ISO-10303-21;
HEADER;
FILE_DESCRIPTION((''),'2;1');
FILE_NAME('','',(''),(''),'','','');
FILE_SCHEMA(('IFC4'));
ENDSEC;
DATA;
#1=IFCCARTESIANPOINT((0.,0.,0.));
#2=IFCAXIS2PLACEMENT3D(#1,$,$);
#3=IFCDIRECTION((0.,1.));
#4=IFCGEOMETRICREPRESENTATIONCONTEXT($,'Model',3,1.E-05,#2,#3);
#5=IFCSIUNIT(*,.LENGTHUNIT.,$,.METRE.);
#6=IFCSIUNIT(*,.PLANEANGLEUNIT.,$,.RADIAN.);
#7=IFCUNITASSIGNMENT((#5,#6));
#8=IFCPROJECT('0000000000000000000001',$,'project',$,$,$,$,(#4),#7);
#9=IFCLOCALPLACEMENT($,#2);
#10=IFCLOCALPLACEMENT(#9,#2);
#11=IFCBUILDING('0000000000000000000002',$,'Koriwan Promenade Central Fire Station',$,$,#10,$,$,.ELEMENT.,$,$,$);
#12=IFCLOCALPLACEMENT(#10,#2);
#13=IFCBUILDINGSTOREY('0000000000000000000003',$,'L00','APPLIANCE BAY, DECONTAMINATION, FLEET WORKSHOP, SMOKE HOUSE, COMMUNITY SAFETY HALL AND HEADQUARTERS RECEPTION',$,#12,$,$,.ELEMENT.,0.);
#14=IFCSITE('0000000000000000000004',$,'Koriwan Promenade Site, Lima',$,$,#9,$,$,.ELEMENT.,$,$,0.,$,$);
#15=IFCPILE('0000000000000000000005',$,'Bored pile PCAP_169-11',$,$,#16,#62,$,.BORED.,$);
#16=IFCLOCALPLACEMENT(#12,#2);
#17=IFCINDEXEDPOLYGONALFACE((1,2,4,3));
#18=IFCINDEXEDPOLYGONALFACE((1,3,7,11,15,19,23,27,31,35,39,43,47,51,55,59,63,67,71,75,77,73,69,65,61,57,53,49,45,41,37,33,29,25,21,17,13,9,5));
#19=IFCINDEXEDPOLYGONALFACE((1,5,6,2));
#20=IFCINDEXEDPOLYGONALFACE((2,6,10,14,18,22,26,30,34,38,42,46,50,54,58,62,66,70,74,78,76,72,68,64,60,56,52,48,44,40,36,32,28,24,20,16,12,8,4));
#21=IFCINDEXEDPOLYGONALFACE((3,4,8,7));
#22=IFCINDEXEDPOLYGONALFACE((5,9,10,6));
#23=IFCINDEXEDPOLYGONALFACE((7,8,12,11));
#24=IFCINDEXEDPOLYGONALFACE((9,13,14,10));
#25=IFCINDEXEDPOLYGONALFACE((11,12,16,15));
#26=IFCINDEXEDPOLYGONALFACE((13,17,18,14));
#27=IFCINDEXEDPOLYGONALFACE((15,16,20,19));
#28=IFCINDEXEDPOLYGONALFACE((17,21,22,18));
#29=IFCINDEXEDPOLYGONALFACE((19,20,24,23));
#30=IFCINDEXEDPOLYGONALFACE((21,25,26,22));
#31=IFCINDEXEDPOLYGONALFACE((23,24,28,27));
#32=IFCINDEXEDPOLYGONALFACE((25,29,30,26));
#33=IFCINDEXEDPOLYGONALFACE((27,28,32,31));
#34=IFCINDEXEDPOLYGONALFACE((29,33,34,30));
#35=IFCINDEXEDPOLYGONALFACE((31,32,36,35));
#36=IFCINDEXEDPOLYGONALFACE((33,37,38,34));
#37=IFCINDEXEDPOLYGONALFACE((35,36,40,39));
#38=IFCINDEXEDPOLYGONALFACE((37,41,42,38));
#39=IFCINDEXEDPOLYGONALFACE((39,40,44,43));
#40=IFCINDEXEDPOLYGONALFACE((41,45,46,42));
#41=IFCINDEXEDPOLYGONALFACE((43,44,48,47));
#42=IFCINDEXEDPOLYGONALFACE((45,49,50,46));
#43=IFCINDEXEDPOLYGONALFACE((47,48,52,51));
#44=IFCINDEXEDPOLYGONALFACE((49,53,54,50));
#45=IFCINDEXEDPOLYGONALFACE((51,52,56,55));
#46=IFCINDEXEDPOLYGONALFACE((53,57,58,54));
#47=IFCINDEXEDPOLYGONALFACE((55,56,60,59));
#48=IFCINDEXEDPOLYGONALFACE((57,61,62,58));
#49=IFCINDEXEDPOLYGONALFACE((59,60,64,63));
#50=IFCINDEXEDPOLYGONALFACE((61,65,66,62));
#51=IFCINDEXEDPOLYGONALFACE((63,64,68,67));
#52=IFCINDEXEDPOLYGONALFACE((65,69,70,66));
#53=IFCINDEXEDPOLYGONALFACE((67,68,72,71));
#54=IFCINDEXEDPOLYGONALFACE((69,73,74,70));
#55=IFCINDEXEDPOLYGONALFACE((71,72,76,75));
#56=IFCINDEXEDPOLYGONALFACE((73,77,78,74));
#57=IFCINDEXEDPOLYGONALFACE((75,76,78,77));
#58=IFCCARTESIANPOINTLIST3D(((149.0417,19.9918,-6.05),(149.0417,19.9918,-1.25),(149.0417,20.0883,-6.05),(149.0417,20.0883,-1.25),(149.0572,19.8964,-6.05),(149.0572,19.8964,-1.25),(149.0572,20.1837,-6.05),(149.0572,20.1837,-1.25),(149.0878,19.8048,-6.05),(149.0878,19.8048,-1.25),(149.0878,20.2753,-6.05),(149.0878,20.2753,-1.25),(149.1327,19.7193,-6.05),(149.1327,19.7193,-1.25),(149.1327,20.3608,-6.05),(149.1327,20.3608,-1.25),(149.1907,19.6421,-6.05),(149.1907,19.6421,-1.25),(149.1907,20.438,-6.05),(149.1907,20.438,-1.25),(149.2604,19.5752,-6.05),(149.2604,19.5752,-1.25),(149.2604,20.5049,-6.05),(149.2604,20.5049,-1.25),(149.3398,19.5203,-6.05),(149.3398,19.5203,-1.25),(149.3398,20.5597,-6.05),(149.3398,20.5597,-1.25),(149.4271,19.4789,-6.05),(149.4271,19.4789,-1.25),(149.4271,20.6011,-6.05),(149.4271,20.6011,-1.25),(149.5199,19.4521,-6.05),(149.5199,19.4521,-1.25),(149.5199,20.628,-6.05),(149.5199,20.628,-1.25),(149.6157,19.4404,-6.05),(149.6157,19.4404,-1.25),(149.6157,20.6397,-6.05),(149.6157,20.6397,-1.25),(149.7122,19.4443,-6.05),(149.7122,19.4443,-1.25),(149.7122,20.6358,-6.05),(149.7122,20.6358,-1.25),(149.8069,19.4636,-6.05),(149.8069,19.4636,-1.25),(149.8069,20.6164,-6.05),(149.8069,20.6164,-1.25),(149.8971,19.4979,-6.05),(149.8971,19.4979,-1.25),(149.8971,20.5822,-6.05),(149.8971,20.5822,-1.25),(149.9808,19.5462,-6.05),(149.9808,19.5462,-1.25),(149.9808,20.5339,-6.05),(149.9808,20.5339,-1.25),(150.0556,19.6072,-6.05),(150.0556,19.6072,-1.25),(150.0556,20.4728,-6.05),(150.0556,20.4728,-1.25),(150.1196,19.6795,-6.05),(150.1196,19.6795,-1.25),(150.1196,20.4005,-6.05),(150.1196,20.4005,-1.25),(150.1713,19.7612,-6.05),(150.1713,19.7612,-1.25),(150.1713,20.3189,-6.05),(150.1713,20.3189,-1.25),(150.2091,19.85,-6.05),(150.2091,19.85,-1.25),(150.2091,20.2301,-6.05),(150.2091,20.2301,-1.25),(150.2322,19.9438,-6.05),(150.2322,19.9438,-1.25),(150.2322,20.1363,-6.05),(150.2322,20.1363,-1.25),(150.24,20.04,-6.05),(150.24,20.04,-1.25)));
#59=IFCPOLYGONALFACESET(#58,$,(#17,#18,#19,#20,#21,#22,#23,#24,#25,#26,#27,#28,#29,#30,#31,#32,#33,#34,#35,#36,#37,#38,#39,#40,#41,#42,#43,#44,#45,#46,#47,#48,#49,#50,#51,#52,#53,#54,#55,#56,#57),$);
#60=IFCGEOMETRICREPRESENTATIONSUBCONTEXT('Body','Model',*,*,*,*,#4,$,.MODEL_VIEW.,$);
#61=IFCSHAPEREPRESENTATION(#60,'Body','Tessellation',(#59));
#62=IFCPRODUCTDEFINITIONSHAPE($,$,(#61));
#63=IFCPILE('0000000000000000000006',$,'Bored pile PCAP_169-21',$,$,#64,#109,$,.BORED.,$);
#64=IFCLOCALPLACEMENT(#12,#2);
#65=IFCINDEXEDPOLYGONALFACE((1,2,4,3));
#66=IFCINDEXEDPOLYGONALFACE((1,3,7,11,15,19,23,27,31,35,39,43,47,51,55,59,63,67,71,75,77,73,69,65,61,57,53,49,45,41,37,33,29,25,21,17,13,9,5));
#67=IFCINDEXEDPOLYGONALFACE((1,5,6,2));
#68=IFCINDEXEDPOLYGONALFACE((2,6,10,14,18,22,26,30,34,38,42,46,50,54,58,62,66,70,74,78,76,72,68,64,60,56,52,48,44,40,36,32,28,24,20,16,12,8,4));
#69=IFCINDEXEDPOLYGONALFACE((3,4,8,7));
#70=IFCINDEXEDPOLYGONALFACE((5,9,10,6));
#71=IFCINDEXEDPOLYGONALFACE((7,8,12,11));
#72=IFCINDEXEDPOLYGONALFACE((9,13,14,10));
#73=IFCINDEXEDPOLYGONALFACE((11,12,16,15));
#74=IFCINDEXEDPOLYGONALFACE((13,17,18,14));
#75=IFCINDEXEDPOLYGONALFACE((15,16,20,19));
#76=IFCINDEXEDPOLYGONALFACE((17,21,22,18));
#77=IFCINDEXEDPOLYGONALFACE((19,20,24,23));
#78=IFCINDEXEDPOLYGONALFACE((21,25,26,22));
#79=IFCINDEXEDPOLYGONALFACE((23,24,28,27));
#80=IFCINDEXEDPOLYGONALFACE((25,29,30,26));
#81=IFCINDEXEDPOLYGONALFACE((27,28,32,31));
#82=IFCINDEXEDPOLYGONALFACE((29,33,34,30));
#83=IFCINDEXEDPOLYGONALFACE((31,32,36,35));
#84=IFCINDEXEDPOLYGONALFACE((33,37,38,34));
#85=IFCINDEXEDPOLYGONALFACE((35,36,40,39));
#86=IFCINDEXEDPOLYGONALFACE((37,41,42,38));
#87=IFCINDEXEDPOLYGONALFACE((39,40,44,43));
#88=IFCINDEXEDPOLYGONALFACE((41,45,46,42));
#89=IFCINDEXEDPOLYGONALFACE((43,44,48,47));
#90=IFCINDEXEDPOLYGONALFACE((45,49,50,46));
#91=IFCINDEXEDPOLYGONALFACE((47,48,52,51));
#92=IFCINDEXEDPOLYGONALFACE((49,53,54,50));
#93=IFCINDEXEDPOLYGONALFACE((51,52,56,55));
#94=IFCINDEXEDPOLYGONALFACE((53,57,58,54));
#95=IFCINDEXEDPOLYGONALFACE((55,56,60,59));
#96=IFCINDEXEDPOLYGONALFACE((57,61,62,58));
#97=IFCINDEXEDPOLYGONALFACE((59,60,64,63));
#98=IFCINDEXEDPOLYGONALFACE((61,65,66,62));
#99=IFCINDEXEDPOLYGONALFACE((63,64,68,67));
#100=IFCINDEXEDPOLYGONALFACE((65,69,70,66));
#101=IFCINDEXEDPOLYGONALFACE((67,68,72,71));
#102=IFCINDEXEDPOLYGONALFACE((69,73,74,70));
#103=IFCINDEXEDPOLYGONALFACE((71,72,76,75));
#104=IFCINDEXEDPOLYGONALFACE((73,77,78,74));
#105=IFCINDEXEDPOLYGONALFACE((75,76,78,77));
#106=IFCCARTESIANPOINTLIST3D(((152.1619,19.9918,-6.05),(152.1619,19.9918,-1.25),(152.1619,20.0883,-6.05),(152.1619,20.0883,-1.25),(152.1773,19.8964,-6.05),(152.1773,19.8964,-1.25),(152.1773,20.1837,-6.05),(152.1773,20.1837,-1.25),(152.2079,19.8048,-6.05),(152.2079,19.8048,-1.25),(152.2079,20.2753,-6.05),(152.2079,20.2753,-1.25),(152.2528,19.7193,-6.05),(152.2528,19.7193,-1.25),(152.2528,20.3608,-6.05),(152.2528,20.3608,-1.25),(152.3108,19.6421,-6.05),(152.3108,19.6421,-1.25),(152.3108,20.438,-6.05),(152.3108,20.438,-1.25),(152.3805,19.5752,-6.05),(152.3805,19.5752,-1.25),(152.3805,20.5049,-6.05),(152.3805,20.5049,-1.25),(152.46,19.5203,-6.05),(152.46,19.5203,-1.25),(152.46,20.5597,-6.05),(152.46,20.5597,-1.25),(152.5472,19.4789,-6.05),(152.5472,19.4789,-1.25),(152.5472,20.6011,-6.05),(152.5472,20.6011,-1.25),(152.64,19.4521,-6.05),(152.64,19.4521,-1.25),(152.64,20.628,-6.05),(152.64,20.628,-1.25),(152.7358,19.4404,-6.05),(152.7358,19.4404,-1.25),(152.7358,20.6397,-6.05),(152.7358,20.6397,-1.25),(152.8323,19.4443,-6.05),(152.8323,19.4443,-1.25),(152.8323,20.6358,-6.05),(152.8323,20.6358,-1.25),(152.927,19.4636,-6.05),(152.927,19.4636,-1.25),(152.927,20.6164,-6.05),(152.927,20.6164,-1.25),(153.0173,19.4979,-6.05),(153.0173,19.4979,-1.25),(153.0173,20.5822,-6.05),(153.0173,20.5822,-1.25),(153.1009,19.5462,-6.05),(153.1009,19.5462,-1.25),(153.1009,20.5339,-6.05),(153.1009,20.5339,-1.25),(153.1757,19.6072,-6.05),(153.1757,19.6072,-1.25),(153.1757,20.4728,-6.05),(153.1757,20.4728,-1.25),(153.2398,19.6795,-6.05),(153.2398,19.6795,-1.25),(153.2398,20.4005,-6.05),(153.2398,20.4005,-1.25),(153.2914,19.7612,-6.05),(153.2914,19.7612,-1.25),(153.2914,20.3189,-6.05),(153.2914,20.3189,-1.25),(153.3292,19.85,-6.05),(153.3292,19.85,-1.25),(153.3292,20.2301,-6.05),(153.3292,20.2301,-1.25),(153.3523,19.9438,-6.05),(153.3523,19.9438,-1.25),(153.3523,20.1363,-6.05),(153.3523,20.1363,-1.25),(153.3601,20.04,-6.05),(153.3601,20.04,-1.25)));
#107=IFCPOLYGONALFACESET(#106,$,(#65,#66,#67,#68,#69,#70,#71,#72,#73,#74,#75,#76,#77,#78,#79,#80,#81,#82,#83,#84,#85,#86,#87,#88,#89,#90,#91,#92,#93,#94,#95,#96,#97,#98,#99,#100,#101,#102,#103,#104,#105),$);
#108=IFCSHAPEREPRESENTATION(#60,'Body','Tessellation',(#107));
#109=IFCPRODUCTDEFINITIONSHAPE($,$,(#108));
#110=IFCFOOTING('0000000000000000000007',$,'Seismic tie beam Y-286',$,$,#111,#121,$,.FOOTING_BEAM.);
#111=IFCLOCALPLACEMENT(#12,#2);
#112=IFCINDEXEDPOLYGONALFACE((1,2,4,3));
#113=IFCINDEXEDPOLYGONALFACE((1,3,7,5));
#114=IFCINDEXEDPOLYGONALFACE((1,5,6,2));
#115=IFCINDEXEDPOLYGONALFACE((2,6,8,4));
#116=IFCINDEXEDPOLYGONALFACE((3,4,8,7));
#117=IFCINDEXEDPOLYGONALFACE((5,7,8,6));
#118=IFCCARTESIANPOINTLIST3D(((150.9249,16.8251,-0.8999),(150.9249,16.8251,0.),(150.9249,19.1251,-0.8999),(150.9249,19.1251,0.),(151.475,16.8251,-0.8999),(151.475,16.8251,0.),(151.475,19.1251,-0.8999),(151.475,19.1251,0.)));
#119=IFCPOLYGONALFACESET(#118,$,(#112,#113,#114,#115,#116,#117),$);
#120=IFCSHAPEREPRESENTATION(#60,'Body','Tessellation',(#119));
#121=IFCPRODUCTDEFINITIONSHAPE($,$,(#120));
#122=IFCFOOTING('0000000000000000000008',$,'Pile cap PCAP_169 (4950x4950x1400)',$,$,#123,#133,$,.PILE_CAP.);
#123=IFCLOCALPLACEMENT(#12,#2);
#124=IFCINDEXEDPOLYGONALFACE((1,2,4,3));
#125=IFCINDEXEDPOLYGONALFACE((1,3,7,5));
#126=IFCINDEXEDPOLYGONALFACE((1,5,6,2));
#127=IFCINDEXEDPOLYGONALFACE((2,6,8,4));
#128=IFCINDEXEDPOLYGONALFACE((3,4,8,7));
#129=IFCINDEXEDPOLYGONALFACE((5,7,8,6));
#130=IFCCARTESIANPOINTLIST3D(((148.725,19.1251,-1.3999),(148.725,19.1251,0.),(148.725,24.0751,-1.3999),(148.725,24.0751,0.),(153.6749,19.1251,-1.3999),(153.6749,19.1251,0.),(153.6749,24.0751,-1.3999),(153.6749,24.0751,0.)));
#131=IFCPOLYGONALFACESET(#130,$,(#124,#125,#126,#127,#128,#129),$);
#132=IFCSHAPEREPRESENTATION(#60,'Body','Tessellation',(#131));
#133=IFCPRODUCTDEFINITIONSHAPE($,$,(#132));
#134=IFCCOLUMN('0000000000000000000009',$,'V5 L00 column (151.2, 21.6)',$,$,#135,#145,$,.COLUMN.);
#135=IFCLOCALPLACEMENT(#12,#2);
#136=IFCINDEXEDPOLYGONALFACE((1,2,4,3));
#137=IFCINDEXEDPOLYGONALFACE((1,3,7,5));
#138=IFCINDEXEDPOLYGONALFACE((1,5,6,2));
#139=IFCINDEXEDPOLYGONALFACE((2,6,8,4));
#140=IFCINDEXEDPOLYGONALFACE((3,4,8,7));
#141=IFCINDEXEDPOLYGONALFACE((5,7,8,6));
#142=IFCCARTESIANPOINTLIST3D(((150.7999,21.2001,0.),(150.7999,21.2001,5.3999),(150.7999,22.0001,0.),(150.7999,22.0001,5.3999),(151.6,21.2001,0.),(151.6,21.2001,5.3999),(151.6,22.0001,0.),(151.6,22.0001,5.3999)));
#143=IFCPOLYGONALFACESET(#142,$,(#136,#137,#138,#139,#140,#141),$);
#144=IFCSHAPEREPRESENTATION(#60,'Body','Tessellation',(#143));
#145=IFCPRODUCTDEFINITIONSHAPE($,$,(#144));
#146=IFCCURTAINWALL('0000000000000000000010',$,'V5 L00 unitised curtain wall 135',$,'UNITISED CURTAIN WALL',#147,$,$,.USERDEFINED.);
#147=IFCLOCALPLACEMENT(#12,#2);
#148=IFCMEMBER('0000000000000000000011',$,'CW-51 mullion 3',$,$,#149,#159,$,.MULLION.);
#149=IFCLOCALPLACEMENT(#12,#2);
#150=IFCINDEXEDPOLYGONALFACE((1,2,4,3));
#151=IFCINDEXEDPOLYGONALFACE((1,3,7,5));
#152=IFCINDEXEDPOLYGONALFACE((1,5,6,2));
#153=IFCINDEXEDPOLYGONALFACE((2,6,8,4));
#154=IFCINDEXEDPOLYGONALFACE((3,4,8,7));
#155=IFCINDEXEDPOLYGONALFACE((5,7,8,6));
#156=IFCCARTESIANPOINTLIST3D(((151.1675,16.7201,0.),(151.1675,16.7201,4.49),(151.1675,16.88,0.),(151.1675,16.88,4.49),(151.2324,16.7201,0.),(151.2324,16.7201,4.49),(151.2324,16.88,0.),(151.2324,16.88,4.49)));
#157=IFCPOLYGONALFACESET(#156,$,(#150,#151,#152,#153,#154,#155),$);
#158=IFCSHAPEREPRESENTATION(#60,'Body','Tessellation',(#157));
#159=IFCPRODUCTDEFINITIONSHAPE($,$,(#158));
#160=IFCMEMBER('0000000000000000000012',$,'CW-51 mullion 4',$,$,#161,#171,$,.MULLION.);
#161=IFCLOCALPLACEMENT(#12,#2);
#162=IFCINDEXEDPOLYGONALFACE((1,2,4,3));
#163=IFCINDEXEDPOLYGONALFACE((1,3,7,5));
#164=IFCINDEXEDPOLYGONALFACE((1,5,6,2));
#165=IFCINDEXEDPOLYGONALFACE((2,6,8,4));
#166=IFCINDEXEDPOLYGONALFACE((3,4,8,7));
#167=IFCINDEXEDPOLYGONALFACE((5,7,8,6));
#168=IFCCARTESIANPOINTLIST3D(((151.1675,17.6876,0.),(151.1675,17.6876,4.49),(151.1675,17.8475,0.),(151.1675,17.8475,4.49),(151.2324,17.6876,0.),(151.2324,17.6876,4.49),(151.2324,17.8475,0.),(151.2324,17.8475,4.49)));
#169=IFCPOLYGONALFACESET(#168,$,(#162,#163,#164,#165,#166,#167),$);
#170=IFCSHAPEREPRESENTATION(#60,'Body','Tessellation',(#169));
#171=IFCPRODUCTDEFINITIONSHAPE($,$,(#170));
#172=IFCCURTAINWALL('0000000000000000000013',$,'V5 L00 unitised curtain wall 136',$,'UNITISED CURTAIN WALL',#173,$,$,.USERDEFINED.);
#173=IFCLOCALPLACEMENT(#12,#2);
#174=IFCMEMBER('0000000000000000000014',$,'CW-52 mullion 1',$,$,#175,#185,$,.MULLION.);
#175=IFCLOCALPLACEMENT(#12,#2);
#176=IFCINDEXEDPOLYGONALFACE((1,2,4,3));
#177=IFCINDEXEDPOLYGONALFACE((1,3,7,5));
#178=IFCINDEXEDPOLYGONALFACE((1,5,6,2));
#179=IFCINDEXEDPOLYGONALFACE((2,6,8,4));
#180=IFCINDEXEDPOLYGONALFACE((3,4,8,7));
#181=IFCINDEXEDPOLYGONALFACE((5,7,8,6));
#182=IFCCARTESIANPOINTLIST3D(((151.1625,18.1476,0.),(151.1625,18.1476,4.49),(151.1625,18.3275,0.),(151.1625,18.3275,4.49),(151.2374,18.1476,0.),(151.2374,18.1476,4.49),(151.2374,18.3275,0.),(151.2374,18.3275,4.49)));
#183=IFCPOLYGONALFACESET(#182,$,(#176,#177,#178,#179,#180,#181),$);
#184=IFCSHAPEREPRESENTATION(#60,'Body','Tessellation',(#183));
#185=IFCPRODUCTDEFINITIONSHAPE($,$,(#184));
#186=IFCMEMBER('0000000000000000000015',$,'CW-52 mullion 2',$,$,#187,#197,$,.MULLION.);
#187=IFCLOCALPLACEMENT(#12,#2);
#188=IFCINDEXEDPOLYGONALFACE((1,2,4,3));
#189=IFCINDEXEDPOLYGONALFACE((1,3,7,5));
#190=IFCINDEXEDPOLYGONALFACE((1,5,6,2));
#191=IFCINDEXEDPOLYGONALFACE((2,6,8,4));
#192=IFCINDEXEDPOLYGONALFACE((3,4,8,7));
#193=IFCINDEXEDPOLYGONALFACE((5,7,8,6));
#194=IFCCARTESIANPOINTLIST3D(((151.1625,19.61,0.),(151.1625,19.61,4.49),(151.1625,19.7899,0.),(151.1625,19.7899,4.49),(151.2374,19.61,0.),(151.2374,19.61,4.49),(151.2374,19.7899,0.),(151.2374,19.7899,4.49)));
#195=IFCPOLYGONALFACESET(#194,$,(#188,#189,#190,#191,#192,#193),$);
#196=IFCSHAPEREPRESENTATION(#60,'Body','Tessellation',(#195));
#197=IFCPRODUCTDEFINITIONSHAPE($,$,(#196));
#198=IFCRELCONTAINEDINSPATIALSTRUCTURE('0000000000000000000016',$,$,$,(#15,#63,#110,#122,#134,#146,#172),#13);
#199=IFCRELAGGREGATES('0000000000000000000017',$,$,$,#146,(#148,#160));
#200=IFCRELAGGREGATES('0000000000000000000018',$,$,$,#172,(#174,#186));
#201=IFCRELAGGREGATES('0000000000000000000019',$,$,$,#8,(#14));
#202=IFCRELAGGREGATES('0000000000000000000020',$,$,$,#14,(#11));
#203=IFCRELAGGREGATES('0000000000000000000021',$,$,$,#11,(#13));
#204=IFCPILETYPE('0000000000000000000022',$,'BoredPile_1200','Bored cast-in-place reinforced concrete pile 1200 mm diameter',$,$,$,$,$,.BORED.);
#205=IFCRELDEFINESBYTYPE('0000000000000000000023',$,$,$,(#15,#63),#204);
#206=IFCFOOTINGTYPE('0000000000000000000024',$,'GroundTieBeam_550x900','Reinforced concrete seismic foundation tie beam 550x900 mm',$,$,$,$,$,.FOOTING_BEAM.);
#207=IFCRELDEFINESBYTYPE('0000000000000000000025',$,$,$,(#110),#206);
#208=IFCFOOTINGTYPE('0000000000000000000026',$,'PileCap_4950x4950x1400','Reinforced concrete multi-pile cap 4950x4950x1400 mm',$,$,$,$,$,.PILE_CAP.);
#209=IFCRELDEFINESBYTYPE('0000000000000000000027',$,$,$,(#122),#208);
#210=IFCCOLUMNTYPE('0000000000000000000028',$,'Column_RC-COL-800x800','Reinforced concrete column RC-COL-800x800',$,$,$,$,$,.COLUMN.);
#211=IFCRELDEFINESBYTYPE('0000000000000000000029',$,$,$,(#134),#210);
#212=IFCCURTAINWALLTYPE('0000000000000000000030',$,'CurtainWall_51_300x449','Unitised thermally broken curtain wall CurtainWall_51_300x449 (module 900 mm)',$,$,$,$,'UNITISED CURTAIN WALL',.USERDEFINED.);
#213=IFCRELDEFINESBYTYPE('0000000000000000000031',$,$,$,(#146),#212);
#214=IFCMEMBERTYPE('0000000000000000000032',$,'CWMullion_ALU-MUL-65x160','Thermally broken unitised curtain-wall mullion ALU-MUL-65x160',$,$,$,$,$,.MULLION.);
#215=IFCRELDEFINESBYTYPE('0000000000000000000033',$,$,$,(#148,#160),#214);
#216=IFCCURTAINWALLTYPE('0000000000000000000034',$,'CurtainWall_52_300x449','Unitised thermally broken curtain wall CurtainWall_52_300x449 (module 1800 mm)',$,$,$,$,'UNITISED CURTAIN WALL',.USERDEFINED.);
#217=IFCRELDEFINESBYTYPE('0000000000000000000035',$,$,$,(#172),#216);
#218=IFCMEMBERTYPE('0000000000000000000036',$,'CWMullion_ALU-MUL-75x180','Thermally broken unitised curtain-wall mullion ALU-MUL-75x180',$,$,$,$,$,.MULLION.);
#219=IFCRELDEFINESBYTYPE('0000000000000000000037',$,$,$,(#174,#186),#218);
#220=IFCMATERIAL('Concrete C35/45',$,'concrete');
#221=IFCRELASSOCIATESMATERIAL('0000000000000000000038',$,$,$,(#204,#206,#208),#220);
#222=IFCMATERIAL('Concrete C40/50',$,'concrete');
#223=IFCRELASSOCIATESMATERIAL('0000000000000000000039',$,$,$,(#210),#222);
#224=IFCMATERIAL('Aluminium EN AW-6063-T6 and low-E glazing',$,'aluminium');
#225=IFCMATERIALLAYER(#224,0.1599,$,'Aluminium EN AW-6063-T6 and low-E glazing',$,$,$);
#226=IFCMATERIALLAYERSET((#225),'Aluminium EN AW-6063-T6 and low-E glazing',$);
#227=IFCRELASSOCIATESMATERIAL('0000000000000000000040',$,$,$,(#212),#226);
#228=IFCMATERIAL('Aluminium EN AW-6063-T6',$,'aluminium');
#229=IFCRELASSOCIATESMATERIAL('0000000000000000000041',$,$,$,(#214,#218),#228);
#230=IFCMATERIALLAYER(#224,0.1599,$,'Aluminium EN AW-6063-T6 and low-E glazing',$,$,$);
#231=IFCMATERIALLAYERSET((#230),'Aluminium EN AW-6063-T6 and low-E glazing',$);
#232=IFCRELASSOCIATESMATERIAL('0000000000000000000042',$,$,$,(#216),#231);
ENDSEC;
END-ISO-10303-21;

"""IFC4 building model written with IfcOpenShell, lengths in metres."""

from ifc_helpers import new_model, si_unit, direction, frame, origin, origin_2d, place, context, subcontext, project, spatial, rectangle, circle, extrude, material, layer, layer_set, material_profile, profile_set, type_object, element, aggregate, save


model = new_model("IFC4")

# Units and contexts
model_context = context("Model", 3, precision=1e-05, world=origin(), true_north=direction((0.0, 1.0)))
body_context = subcontext(model_context, "Body", "Model", "MODEL_VIEW")
ifc_project = project(units=[si_unit("LENGTHUNIT", "METRE"), si_unit("PLANEANGLEUNIT", "RADIAN")], contexts=[model_context])

# Site, building, storey
site_placement = place(None, origin())
site = spatial("IfcSite", under=ifc_project, at=site_placement, Name="Koriwan Promenade Site, Lima", CompositionType="ELEMENT", RefElevation=0.0)
building_placement = place(site_placement, origin())
building = spatial("IfcBuilding", under=site, at=building_placement, Name="Koriwan Promenade Central Fire Station", CompositionType="ELEMENT")
storey_placement = place(building_placement, origin())
storey = spatial("IfcBuildingStorey", under=building, at=storey_placement, Name="L00", Description="APPLIANCE BAY, DECONTAMINATION, FLEET WORKSHOP, SMOKE HOUSE, COMMUNITY SAFETY HALL AND HEADQUARTERS RECEPTION", CompositionType="ELEMENT", Elevation=0.0)

# Piles
ifc_material_1 = material(Name="Concrete C35/45", Category="concrete")
ifc_material_profile_1 = material_profile(ifc_material_1, circle(Radius=0.6001, at=origin_2d()), Name="PILE-D1200")
ifc_profile_set_1 = profile_set([ifc_material_profile_1], Name="Concrete C35/45")
pile_type = type_object("IfcPileType", Name="BoredPile_1200", Description="Bored cast-in-place reinforced concrete pile 1200 mm diameter", PredefinedType="BORED", material=ifc_profile_set_1)
for number, where, z_axis, x_axis, name in (
    (1, (149.6399, 20.04, -1.25), (0.0, 0.0, -1.0), (1.0, 0.0, 0.0), "Bored pile PCAP_169-11"),
    (2, (152.76, 20.04, -1.25), (0.0, 0.0, -1.0), (1.0, 0.0, 0.0), "Bored pile PCAP_169-21"),
):
    element("IfcPile", number, at=place(storey_placement, frame(where, z_axis=z_axis, x_axis=x_axis)), inside=storey, type_object=pile_type, Name=name, PredefinedType="BORED", context=body_context, shape_type="SweptSolid", body=[
        extrude(circle(Radius=0.6001, at=origin_2d()), origin(), (0.0, 0.0, 1.0), 4.8),
    ])

# Footings
footing_type_1 = type_object("IfcFootingType", Name="GroundTieBeam_550x900", Description="Reinforced concrete seismic foundation tie beam 550x900 mm", PredefinedType="FOOTING_BEAM", material=ifc_material_1)
footing_1_placement = place(storey_placement, frame((151.2, 17.9751, -0.8999), z_axis=(0.0, 0.0, 1.0), x_axis=(0.0, 1.0, 0.0)))
element("IfcFooting", 3, at=footing_1_placement, inside=storey, type_object=footing_type_1, Name="Seismic tie beam Y-286", PredefinedType="FOOTING_BEAM", context=body_context, shape_type="SweptSolid", body=[
    extrude(rectangle(XDim=2.3, YDim=0.55, at=origin_2d()), origin(), (0.0, 0.0, 1.0), 0.8999),
])
footing_type_2 = type_object("IfcFootingType", Name="PileCap_4950x4950x1400", Description="Reinforced concrete multi-pile cap 4950x4950x1400 mm", PredefinedType="PILE_CAP", material=ifc_material_1)
footing_2_placement = place(storey_placement, frame((151.2, 21.6001, -1.3999), z_axis=(0.0, 0.0, 1.0), x_axis=(1.0, 0.0, 0.0)))
element("IfcFooting", 4, at=footing_2_placement, inside=storey, type_object=footing_type_2, Name="Pile cap PCAP_169 (4950x4950x1400)", PredefinedType="PILE_CAP", context=body_context, shape_type="SweptSolid", body=[
    extrude(rectangle(XDim=4.95, YDim=4.95, at=origin_2d()), origin(), (0.0, 0.0, 1.0), 1.3999),
])

# Column
ifc_material_2 = material(Name="Concrete C40/50", Category="concrete")
ifc_material_profile_2 = material_profile(ifc_material_2, rectangle(XDim=0.8, YDim=0.8, at=origin_2d()), Name="RC-COL-800x800")
ifc_profile_set_2 = profile_set([ifc_material_profile_2], Name="Concrete C40/50")
column_type = type_object("IfcColumnType", Name="Column_RC-COL-800x800", Description="Reinforced concrete column RC-COL-800x800", PredefinedType="COLUMN", material=ifc_profile_set_2)
column_placement = place(storey_placement, frame((151.2, 21.6001, 0.0), z_axis=(0.0, 0.0, 1.0), x_axis=(1.0, 0.0, 0.0)))
element("IfcColumn", 5, at=column_placement, inside=storey, type_object=column_type, Name="V5 L00 column (151.2, 21.6)", PredefinedType="COLUMN", context=body_context, shape_type="SweptSolid", body=[
    extrude(rectangle(XDim=0.8, YDim=0.8, at=origin_2d()), origin(), (0.0, 0.0, 1.0), 5.3999),
])

# Curtain walls, members
ifc_material_3 = material(Name="Aluminium EN AW-6063-T6 and low-E glazing", Category="aluminium")
ifc_layer_1 = layer(ifc_material_3, 0.1599, Name="Aluminium EN AW-6063-T6 and low-E glazing")
ifc_layer_set_1 = layer_set([ifc_layer_1], Name="Aluminium EN AW-6063-T6 and low-E glazing")
curtain_wall_type_1 = type_object("IfcCurtainWallType", Name="CurtainWall_51_300x449", Description="Unitised thermally broken curtain wall CurtainWall_51_300x449 (module 900 mm)", ElementType="UNITISED CURTAIN WALL", PredefinedType="USERDEFINED", material=ifc_layer_set_1)
curtain_wall_1_placement = place(storey_placement, origin())
curtain_wall_1 = element("IfcCurtainWall", 6, at=curtain_wall_1_placement, inside=storey, type_object=curtain_wall_type_1, Name="V5 L00 unitised curtain wall 135", ObjectType="UNITISED CURTAIN WALL", PredefinedType="USERDEFINED")
ifc_material_4 = material(Name="Aluminium EN AW-6063-T6", Category="aluminium")
ifc_material_profile_3 = material_profile(ifc_material_4, rectangle(XDim=0.0649, YDim=0.1599, at=origin_2d()), Name="ALU-MUL-65x160")
ifc_profile_set_3 = profile_set([ifc_material_profile_3], Name="Aluminium EN AW-6063-T6")
member_type_1 = type_object("IfcMemberType", Name="CWMullion_ALU-MUL-65x160", Description="Thermally broken unitised curtain-wall mullion ALU-MUL-65x160", PredefinedType="MULLION", material=ifc_profile_set_3)
member_1_placement = place(storey_placement, frame((151.2, 16.8, 0.0), z_axis=(0.0, 0.0, 1.0), x_axis=(-1.0, 0.0, 0.0)))
member_1 = element("IfcMember", 7, at=member_1_placement, type_object=member_type_1, Name="CW-51 mullion 3", PredefinedType="MULLION", context=body_context, shape_type="SweptSolid", body=[
    extrude(rectangle(XDim=0.0649, YDim=0.1599, at=origin_2d()), origin(), (0.0, 0.0, 1.0), 4.49),
])
member_2_placement = place(storey_placement, frame((151.2, 17.7676, 0.0), z_axis=(0.0, 0.0, 1.0), x_axis=(-1.0, 0.0, 0.0)))
member_2 = element("IfcMember", 8, at=member_2_placement, type_object=member_type_1, Name="CW-51 mullion 4", PredefinedType="MULLION", context=body_context, shape_type="SweptSolid", body=[
    extrude(rectangle(XDim=0.0649, YDim=0.1599, at=origin_2d()), origin(), (0.0, 0.0, 1.0), 4.49),
])
ifc_layer_2 = layer(ifc_material_3, 0.1599, Name="Aluminium EN AW-6063-T6 and low-E glazing")
ifc_layer_set_2 = layer_set([ifc_layer_2], Name="Aluminium EN AW-6063-T6 and low-E glazing")
curtain_wall_type_2 = type_object("IfcCurtainWallType", Name="CurtainWall_52_300x449", Description="Unitised thermally broken curtain wall CurtainWall_52_300x449 (module 1800 mm)", ElementType="UNITISED CURTAIN WALL", PredefinedType="USERDEFINED", material=ifc_layer_set_2)
curtain_wall_2_placement = place(storey_placement, origin())
curtain_wall_2 = element("IfcCurtainWall", 9, at=curtain_wall_2_placement, inside=storey, type_object=curtain_wall_type_2, Name="V5 L00 unitised curtain wall 136", ObjectType="UNITISED CURTAIN WALL", PredefinedType="USERDEFINED")
ifc_material_profile_4 = material_profile(ifc_material_4, rectangle(XDim=0.075, YDim=0.1799, at=origin_2d()), Name="ALU-MUL-75x180")
ifc_profile_set_4 = profile_set([ifc_material_profile_4], Name="Aluminium EN AW-6063-T6")
member_type_2 = type_object("IfcMemberType", Name="CWMullion_ALU-MUL-75x180", Description="Thermally broken unitised curtain-wall mullion ALU-MUL-75x180", PredefinedType="MULLION", material=ifc_profile_set_4)
member_3_placement = place(storey_placement, frame((151.2, 18.2375, 0.0), z_axis=(0.0, 0.0, 1.0), x_axis=(-1.0, 0.0, 0.0)))
member_3 = element("IfcMember", 10, at=member_3_placement, type_object=member_type_2, Name="CW-52 mullion 1", PredefinedType="MULLION", context=body_context, shape_type="SweptSolid", body=[
    extrude(rectangle(XDim=0.075, YDim=0.1799, at=origin_2d()), origin(), (0.0, 0.0, 1.0), 4.49),
])
member_4_placement = place(storey_placement, frame((151.2, 19.7, 0.0), z_axis=(0.0, 0.0, 1.0), x_axis=(-1.0, 0.0, 0.0)))
member_4 = element("IfcMember", 11, at=member_4_placement, type_object=member_type_2, Name="CW-52 mullion 2", PredefinedType="MULLION", context=body_context, shape_type="SweptSolid", body=[
    extrude(rectangle(XDim=0.075, YDim=0.1799, at=origin_2d()), origin(), (0.0, 0.0, 1.0), 4.49),
])

aggregate(curtain_wall_1, [member_1, member_2])
aggregate(curtain_wall_2, [member_3, member_4])

save(model, "model.ifc")
